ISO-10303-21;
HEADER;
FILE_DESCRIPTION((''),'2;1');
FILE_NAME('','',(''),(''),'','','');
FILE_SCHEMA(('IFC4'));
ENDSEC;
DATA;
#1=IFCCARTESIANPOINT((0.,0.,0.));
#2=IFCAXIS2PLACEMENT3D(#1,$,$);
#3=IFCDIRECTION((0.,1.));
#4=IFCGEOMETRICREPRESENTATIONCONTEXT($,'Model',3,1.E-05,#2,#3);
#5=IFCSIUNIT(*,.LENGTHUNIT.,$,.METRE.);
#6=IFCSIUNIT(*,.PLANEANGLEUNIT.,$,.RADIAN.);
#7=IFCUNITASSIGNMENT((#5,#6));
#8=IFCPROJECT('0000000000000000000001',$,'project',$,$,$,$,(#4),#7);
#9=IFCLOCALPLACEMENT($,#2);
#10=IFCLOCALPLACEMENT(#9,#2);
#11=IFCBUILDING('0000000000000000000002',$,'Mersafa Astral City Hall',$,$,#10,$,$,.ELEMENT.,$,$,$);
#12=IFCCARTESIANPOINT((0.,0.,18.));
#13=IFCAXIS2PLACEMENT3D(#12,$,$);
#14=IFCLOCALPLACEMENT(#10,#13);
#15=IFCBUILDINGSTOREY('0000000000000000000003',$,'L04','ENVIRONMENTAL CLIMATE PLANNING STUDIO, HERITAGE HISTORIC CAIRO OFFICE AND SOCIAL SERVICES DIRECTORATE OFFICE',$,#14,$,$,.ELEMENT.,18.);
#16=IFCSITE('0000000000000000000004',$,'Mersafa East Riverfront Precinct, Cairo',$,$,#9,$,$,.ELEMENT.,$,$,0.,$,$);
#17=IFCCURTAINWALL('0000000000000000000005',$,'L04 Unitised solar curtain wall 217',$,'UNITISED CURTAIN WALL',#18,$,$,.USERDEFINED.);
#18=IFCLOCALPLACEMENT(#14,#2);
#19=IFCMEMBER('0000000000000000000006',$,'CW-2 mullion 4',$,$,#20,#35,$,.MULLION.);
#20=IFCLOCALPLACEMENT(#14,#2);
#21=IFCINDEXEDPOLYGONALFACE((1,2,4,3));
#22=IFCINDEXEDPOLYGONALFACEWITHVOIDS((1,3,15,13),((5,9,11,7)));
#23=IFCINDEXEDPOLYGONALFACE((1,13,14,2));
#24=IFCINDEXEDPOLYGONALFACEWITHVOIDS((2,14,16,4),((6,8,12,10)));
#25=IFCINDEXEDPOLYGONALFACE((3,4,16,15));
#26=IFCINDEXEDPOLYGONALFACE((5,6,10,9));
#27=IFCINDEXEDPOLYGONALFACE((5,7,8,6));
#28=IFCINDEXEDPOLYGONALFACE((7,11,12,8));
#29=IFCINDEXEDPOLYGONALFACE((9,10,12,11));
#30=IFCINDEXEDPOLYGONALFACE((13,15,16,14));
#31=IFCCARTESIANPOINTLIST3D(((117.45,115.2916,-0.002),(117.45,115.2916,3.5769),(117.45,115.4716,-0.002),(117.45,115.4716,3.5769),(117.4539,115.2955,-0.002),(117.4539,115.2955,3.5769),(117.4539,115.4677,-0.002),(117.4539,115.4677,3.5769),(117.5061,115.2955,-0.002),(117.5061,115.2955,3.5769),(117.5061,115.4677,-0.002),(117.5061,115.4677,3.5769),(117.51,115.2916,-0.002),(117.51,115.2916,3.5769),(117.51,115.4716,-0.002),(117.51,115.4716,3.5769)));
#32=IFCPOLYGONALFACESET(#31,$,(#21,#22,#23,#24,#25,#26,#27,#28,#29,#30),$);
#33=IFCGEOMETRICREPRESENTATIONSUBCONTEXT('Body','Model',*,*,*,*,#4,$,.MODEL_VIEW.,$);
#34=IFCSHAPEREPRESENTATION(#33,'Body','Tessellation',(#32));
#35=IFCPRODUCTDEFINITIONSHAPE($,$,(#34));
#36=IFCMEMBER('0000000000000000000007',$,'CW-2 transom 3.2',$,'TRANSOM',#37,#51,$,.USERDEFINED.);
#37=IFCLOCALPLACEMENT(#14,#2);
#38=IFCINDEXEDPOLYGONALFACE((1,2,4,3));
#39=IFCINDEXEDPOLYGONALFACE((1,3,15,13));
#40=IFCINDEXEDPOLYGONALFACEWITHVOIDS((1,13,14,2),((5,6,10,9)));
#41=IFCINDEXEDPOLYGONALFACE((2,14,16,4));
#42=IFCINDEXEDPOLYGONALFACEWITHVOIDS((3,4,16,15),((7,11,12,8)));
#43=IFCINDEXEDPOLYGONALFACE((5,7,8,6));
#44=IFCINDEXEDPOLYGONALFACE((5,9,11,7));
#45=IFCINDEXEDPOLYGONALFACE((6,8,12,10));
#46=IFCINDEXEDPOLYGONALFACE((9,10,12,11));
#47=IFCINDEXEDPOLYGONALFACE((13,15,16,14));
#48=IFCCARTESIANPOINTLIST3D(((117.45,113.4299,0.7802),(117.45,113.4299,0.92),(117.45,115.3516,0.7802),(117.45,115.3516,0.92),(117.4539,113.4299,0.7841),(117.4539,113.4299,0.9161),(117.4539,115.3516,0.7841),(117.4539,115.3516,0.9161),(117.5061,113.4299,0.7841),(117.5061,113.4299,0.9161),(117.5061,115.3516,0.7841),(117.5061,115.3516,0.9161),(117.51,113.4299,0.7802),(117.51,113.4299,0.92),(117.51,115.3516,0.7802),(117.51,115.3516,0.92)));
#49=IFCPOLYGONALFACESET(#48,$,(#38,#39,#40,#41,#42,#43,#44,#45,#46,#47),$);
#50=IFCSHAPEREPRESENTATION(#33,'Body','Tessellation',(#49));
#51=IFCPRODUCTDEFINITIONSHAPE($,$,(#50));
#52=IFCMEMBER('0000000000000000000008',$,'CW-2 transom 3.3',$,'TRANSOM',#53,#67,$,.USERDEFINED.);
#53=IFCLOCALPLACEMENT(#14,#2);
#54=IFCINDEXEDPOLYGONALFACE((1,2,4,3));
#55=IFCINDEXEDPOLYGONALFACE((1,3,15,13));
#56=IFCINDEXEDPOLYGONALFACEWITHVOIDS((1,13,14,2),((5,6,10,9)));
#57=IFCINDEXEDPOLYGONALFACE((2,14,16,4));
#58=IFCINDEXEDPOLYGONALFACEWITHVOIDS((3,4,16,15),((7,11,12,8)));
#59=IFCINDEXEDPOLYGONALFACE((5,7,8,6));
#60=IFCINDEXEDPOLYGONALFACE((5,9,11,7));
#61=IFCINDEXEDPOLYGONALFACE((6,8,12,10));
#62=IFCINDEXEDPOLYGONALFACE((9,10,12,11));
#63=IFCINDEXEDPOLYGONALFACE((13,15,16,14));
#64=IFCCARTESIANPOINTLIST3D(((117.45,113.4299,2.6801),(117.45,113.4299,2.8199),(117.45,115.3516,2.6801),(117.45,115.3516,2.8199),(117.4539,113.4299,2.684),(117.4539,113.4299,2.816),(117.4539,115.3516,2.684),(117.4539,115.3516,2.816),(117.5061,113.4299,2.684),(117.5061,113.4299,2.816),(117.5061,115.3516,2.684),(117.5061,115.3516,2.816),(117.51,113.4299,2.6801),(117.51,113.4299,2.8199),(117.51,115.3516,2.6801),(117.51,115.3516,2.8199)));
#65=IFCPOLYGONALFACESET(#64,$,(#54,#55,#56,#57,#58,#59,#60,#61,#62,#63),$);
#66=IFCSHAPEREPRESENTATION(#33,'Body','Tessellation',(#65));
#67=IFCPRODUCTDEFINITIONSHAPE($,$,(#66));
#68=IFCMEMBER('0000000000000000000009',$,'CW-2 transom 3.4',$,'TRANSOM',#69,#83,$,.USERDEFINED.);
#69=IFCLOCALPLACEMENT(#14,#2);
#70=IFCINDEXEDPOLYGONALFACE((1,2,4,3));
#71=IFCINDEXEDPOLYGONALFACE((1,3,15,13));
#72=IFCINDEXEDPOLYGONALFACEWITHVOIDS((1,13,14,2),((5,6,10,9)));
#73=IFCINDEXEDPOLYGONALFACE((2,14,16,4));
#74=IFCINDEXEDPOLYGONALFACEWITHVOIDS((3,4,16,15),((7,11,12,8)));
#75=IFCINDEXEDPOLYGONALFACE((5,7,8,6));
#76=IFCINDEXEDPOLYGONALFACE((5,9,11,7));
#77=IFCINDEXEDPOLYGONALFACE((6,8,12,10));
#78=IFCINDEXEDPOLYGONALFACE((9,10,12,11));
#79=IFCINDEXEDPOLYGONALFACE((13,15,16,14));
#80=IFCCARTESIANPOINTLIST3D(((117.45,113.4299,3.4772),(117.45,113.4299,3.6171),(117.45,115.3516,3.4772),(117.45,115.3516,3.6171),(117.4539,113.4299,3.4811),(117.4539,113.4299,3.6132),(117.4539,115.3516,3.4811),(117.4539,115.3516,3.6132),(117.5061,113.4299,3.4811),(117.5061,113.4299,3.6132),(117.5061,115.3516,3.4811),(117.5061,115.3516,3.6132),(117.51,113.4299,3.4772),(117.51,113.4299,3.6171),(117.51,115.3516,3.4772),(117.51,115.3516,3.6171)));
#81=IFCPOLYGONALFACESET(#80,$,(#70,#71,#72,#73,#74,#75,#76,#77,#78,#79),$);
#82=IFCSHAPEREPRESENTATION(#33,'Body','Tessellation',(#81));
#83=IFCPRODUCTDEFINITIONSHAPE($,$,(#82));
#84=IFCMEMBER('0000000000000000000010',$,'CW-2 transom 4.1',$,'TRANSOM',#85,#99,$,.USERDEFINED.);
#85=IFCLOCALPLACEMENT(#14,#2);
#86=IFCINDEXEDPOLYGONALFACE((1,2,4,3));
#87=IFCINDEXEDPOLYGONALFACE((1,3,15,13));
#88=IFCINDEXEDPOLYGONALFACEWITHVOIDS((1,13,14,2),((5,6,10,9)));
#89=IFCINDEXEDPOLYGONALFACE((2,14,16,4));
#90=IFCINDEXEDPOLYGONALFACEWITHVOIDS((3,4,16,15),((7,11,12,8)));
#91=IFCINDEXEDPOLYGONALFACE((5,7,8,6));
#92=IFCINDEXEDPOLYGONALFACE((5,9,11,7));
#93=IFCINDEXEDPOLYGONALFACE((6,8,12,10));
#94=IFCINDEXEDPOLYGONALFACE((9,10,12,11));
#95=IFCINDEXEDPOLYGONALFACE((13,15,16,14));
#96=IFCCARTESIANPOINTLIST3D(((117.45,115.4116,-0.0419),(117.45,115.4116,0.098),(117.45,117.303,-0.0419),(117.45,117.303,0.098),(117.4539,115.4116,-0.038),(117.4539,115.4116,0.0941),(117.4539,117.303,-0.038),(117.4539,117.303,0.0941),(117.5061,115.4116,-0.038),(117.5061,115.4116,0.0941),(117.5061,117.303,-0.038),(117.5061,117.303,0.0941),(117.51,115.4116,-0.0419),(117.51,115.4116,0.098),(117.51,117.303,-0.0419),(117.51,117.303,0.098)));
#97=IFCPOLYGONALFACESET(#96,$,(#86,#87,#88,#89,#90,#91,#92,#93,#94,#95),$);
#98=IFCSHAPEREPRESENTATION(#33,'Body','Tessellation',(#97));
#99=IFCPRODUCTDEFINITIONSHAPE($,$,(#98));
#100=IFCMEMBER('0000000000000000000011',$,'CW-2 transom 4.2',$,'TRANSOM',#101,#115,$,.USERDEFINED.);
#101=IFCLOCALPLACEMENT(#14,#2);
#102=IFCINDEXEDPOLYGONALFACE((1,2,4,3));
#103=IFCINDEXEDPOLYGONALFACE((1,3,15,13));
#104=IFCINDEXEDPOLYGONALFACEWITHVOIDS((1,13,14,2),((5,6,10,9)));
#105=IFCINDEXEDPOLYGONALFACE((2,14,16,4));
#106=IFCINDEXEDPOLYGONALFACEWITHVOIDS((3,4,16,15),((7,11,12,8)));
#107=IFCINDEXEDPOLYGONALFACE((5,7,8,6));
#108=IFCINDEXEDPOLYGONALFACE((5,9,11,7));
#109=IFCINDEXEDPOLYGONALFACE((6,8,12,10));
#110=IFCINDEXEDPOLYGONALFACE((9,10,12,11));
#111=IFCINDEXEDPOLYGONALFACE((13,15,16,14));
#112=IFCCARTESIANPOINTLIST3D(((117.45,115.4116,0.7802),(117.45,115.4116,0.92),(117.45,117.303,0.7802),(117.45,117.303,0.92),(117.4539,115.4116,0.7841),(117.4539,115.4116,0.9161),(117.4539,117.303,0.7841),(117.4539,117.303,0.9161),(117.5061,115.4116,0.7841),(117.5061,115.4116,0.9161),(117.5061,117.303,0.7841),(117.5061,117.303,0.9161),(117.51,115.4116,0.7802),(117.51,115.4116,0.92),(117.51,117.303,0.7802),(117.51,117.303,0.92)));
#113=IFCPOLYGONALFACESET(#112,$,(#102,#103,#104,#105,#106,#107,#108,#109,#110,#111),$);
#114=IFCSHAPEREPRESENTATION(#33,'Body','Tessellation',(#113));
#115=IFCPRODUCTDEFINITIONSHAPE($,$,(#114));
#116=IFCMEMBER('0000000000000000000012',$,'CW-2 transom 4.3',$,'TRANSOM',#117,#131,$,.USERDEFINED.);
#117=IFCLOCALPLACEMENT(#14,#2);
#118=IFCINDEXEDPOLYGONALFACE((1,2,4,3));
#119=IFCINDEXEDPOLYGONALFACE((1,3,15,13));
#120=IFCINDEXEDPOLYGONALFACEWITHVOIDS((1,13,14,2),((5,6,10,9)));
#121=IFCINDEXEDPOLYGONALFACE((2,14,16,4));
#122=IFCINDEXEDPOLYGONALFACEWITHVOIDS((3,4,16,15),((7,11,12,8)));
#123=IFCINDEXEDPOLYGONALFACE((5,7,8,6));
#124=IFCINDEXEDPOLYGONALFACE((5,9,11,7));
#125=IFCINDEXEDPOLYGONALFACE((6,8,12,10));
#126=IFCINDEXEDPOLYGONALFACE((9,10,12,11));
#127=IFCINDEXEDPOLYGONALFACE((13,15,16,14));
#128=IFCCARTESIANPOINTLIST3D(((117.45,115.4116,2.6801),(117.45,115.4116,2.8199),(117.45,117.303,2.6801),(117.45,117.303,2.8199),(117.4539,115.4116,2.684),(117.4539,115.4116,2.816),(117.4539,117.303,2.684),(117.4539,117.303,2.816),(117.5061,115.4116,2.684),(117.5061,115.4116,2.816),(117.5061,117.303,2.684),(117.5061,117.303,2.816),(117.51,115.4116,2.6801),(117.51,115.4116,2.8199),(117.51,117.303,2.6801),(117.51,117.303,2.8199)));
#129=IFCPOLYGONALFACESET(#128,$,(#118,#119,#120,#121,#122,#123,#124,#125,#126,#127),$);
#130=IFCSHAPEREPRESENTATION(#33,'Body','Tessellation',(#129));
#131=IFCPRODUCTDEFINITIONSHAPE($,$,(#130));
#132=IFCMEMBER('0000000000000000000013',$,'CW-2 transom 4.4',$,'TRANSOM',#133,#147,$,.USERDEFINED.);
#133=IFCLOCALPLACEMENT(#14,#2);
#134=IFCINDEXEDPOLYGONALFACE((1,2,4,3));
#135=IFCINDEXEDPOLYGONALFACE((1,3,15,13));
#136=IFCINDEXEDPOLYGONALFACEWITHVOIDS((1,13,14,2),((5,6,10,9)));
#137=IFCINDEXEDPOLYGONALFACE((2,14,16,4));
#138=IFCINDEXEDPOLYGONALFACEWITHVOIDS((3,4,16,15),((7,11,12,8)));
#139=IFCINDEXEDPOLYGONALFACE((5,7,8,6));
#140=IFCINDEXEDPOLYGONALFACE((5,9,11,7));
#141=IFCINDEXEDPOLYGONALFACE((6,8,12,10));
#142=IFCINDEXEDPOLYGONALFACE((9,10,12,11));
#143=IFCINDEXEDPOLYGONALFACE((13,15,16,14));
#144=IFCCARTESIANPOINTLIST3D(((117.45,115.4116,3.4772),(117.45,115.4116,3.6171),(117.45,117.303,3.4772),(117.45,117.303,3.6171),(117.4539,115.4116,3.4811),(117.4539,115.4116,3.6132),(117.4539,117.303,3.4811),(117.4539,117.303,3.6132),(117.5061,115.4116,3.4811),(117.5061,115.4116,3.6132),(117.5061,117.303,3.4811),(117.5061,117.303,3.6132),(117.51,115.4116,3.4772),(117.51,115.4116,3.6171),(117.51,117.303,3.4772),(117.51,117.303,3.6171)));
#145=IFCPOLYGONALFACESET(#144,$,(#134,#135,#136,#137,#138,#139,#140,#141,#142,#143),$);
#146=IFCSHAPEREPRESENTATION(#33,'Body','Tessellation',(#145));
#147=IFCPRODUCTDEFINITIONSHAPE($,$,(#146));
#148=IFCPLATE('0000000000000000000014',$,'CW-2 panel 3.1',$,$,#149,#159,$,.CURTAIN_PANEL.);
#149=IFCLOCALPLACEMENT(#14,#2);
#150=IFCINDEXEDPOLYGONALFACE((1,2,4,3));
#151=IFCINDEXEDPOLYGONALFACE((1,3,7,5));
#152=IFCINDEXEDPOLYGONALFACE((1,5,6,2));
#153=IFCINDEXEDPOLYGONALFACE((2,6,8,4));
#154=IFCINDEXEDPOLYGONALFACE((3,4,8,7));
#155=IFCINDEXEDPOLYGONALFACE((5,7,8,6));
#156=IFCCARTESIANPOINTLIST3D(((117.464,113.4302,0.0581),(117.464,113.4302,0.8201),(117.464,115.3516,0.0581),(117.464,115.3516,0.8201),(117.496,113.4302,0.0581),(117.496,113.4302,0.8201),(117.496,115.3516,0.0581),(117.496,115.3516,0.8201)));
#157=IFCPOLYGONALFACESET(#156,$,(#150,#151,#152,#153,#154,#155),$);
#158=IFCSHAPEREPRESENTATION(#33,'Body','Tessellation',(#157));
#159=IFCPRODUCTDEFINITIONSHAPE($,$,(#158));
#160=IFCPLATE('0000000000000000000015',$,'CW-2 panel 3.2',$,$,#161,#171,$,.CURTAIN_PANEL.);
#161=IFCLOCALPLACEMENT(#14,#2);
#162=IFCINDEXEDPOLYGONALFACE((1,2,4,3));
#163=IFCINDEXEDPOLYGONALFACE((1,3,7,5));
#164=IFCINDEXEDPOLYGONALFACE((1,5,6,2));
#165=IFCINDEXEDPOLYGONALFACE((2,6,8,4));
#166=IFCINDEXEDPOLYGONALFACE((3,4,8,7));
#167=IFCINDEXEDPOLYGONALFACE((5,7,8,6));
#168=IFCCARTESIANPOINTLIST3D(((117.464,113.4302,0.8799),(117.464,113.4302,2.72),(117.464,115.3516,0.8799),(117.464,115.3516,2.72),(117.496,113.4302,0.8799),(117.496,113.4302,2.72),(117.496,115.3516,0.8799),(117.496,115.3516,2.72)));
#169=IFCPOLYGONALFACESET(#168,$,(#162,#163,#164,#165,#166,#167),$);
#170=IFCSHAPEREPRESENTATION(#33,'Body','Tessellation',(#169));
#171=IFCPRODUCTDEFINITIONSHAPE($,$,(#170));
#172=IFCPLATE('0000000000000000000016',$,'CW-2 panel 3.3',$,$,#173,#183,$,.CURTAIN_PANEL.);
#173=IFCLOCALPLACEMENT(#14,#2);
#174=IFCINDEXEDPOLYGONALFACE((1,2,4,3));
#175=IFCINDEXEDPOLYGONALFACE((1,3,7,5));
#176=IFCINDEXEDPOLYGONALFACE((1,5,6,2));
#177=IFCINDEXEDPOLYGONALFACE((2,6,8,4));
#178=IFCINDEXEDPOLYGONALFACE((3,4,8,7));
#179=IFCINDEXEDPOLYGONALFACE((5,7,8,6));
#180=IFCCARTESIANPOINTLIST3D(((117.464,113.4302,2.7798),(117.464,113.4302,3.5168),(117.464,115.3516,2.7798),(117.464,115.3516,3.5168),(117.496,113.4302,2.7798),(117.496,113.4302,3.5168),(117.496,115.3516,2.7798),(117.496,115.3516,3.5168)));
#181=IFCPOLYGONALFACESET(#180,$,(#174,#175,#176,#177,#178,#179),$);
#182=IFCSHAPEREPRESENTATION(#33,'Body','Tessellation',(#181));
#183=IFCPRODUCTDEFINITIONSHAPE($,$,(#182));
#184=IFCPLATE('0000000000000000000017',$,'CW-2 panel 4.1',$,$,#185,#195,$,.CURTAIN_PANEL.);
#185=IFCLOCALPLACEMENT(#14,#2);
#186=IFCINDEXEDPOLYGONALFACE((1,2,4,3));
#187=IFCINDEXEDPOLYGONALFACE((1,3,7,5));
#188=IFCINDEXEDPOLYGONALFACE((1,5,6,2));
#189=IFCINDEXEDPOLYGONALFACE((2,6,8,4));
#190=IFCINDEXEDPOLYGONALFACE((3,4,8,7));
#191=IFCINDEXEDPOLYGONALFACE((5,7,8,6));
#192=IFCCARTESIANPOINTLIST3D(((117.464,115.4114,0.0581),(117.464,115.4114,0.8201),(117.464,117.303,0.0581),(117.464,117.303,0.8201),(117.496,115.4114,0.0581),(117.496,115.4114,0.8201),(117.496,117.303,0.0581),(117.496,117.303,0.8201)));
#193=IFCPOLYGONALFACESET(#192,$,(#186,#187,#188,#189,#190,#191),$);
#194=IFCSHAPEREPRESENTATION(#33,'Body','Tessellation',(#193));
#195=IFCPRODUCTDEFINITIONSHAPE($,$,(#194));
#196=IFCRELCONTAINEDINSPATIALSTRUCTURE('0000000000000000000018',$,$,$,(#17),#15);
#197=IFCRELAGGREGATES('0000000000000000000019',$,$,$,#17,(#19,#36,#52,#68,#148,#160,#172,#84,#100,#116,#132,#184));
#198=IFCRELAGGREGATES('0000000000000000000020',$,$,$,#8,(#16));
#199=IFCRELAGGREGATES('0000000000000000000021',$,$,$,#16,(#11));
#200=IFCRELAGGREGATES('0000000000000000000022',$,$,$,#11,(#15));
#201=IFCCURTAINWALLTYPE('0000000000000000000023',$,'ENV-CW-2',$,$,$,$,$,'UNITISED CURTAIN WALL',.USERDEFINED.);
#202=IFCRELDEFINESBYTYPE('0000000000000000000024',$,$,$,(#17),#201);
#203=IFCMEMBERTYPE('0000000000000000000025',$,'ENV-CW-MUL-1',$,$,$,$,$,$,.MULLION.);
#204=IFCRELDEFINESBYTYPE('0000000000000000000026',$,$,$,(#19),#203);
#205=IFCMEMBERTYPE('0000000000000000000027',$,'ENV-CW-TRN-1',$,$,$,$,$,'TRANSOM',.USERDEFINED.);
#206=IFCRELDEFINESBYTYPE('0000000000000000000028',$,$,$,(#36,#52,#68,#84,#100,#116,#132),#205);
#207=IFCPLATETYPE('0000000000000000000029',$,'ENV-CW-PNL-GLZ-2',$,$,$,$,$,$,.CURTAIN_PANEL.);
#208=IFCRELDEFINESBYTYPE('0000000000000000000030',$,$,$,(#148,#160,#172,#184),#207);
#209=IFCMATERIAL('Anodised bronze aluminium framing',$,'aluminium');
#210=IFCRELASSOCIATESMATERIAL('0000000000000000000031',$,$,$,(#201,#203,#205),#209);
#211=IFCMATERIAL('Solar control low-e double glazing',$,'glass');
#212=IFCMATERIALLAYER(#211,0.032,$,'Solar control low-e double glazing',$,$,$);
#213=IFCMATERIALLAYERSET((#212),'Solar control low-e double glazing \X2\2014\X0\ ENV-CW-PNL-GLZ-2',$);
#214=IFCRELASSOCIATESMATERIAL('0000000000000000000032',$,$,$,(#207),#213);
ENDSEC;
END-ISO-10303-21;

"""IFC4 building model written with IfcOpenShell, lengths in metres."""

from ifc_helpers import new_model, si_unit, direction, frame, origin, origin_2d, place, context, subcontext, project, spatial, rectangle, hollow_rectangle, extrude, material, layer, layer_set, material_profile, profile_set, type_object, element, aggregate, save


model = new_model("IFC4")

# Units and contexts
model_context = context("Model", 3, precision=1e-05, world=origin(), true_north=direction((0.0, 1.0)))
body_context = subcontext(model_context, "Body", "Model", "MODEL_VIEW")
ifc_project = project(units=[si_unit("LENGTHUNIT", "METRE"), si_unit("PLANEANGLEUNIT", "RADIAN")], contexts=[model_context])

# Site, building, storey
site_placement = place(None, origin())
site = spatial("IfcSite", under=ifc_project, at=site_placement, Name="Mersafa East Riverfront Precinct, Cairo", CompositionType="ELEMENT", RefElevation=0.0)
building_placement = place(site_placement, origin())
building = spatial("IfcBuilding", under=site, at=building_placement, Name="Mersafa Astral City Hall", CompositionType="ELEMENT")
storey_placement = place(building_placement, frame((0.0, 0.0, 18.0)))
storey = spatial("IfcBuildingStorey", under=building, at=storey_placement, Name="L04", Description="ENVIRONMENTAL CLIMATE PLANNING STUDIO, HERITAGE HISTORIC CAIRO OFFICE AND SOCIAL SERVICES DIRECTORATE OFFICE", CompositionType="ELEMENT", Elevation=18.0)

# Curtain wall, members, plates
ifc_material_1 = material(Name="Anodised bronze aluminium framing", Category="aluminium")
curtain_wall_type = type_object("IfcCurtainWallType", Name="ENV-CW-2", ElementType="UNITISED CURTAIN WALL", PredefinedType="USERDEFINED", material=ifc_material_1)
curtain_wall_placement = place(storey_placement, origin())
curtain_wall = element("IfcCurtainWall", 1, at=curtain_wall_placement, inside=storey, type_object=curtain_wall_type, Name="L04 Unitised solar curtain wall 217", ObjectType="UNITISED CURTAIN WALL", PredefinedType="USERDEFINED")
ifc_material_profile_1 = material_profile(ifc_material_1, hollow_rectangle(XDim=0.0601, YDim=0.1799, WallThickness=0.0039, at=origin_2d()), Name="RHS 60x180x4")
ifc_profile_set_1 = profile_set([ifc_material_profile_1], Name="Anodised bronze aluminium framing")
member_type_1 = type_object("IfcMemberType", Name="ENV-CW-MUL-1", PredefinedType="MULLION", material=ifc_profile_set_1)
member_1_placement = place(storey_placement, frame((117.48, 115.3816, -0.002), z_axis=(0.0, 0.0, 1.0), x_axis=(-1.0, 0.0, 0.0)))
member_1 = element("IfcMember", 2, at=member_1_placement, type_object=member_type_1, Name="CW-2 mullion 4", PredefinedType="MULLION", context=body_context, shape_type="SweptSolid", body=[
    extrude(hollow_rectangle(XDim=0.0601, YDim=0.1799, WallThickness=0.0039, at=origin_2d()), origin(), (0.0, 0.0, 1.0), 3.5789),
])
ifc_material_profile_2 = material_profile(ifc_material_1, hollow_rectangle(XDim=0.0601, YDim=0.1399, WallThickness=0.0039, at=origin_2d()), Name="RHS 60x140x4")
ifc_profile_set_2 = profile_set([ifc_material_profile_2], Name="Anodised bronze aluminium framing")
member_type_2 = type_object("IfcMemberType", Name="ENV-CW-TRN-1", ElementType="TRANSOM", PredefinedType="USERDEFINED", material=ifc_profile_set_2)
member_2_placement = place(storey_placement, frame((117.48, 113.4299, 0.8501), z_axis=(0.0, 1.0, 0.0), x_axis=(-1.0, 0.0, 0.0)))
member_2 = element("IfcMember", 3, at=member_2_placement, type_object=member_type_2, Name="CW-2 transom 3.2", ObjectType="TRANSOM", PredefinedType="USERDEFINED", context=body_context, shape_type="SweptSolid", body=[
    extrude(hollow_rectangle(XDim=0.0601, YDim=0.1399, WallThickness=0.0039, at=origin_2d()), origin(), (0.0, 0.0, 1.0), 1.9216),
])
member_3_placement = place(storey_placement, frame((117.48, 113.4299, 2.75), z_axis=(0.0, 1.0, 0.0), x_axis=(-1.0, 0.0, 0.0)))
member_3 = element("IfcMember", 4, at=member_3_placement, type_object=member_type_2, Name="CW-2 transom 3.3", ObjectType="TRANSOM", PredefinedType="USERDEFINED", context=body_context, shape_type="SweptSolid", body=[
    extrude(hollow_rectangle(XDim=0.0601, YDim=0.1399, WallThickness=0.0039, at=origin_2d()), origin(), (0.0, 0.0, 1.0), 1.9216),
])
member_4_placement = place(storey_placement, frame((117.48, 113.4299, 3.5471), z_axis=(0.0, 1.0, 0.0), x_axis=(-1.0, 0.0, 0.0)))
member_4 = element("IfcMember", 5, at=member_4_placement, type_object=member_type_2, Name="CW-2 transom 3.4", ObjectType="TRANSOM", PredefinedType="USERDEFINED", context=body_context, shape_type="SweptSolid", body=[
    extrude(hollow_rectangle(XDim=0.0601, YDim=0.1399, WallThickness=0.0039, at=origin_2d()), origin(), (0.0, 0.0, 1.0), 1.9216),
])
member_5_placement = place(storey_placement, frame((117.48, 115.4116, 0.0281), z_axis=(0.0, 1.0, 0.0), x_axis=(-1.0, 0.0, 0.0)))
member_5 = element("IfcMember", 6, at=member_5_placement, type_object=member_type_2, Name="CW-2 transom 4.1", ObjectType="TRANSOM", PredefinedType="USERDEFINED", context=body_context, shape_type="SweptSolid", body=[
    extrude(hollow_rectangle(XDim=0.0601, YDim=0.1399, WallThickness=0.0039, at=origin_2d()), origin(), (0.0, 0.0, 1.0), 1.8914),
])
member_6_placement = place(storey_placement, frame((117.48, 115.4116, 0.8501), z_axis=(0.0, 1.0, 0.0), x_axis=(-1.0, 0.0, 0.0)))
member_6 = element("IfcMember", 7, at=member_6_placement, type_object=member_type_2, Name="CW-2 transom 4.2", ObjectType="TRANSOM", PredefinedType="USERDEFINED", context=body_context, shape_type="SweptSolid", body=[
    extrude(hollow_rectangle(XDim=0.0601, YDim=0.1399, WallThickness=0.0039, at=origin_2d()), origin(), (0.0, 0.0, 1.0), 1.8914),
])
member_7_placement = place(storey_placement, frame((117.48, 115.4116, 2.75), z_axis=(0.0, 1.0, 0.0), x_axis=(-1.0, 0.0, 0.0)))
member_7 = element("IfcMember", 8, at=member_7_placement, type_object=member_type_2, Name="CW-2 transom 4.3", ObjectType="TRANSOM", PredefinedType="USERDEFINED", context=body_context, shape_type="SweptSolid", body=[
    extrude(hollow_rectangle(XDim=0.0601, YDim=0.1399, WallThickness=0.0039, at=origin_2d()), origin(), (0.0, 0.0, 1.0), 1.8914),
])
member_8_placement = place(storey_placement, frame((117.48, 115.4116, 3.5471), z_axis=(0.0, 1.0, 0.0), x_axis=(-1.0, 0.0, 0.0)))
member_8 = element("IfcMember", 9, at=member_8_placement, type_object=member_type_2, Name="CW-2 transom 4.4", ObjectType="TRANSOM", PredefinedType="USERDEFINED", context=body_context, shape_type="SweptSolid", body=[
    extrude(hollow_rectangle(XDim=0.0601, YDim=0.1399, WallThickness=0.0039, at=origin_2d()), origin(), (0.0, 0.0, 1.0), 1.8914),
])
ifc_material_2 = material(Name="Solar control low-e double glazing", Category="glass")
ifc_layer = layer(ifc_material_2, 0.032, Name="Solar control low-e double glazing")
ifc_layer_set = layer_set([ifc_layer], Name="Solar control low-e double glazing — ENV-CW-PNL-GLZ-2")
plate_type = type_object("IfcPlateType", Name="ENV-CW-PNL-GLZ-2", PredefinedType="CURTAIN_PANEL", material=ifc_layer_set)
plate_1_placement = place(storey_placement, frame((117.48, 114.3909, 0.0581), z_axis=(0.0, 0.0, 1.0), x_axis=(0.0, 1.0, 0.0)))
plate_1 = element("IfcPlate", 10, at=plate_1_placement, type_object=plate_type, Name="CW-2 panel 3.1", PredefinedType="CURTAIN_PANEL", context=body_context, shape_type="SweptSolid", body=[
    extrude(rectangle(XDim=1.9214, YDim=0.032, at=origin_2d()), origin(), (0.0, 0.0, 1.0), 0.762),
])
plate_2_placement = place(storey_placement, frame((117.48, 114.3909, 0.8799), z_axis=(0.0, 0.0, 1.0), x_axis=(0.0, 1.0, 0.0)))
plate_2 = element("IfcPlate", 11, at=plate_2_placement, type_object=plate_type, Name="CW-2 panel 3.2", PredefinedType="CURTAIN_PANEL", context=body_context, shape_type="SweptSolid", body=[
    extrude(rectangle(XDim=1.9214, YDim=0.032, at=origin_2d()), origin(), (0.0, 0.0, 1.0), 1.8401),
])
plate_3_placement = place(storey_placement, frame((117.48, 114.3909, 2.7798), z_axis=(0.0, 0.0, 1.0), x_axis=(0.0, 1.0, 0.0)))
plate_3 = element("IfcPlate", 12, at=plate_3_placement, type_object=plate_type, Name="CW-2 panel 3.3", PredefinedType="CURTAIN_PANEL", context=body_context, shape_type="SweptSolid", body=[
    extrude(rectangle(XDim=1.9214, YDim=0.032, at=origin_2d()), origin(), (0.0, 0.0, 1.0), 0.7371),
])
plate_4_placement = place(storey_placement, frame((117.48, 116.3572, 0.0581), z_axis=(0.0, 0.0, 1.0), x_axis=(0.0, 1.0, 0.0)))
plate_4 = element("IfcPlate", 13, at=plate_4_placement, type_object=plate_type, Name="CW-2 panel 4.1", PredefinedType="CURTAIN_PANEL", context=body_context, shape_type="SweptSolid", body=[
    extrude(rectangle(XDim=1.8916, YDim=0.032, at=origin_2d()), origin(), (0.0, 0.0, 1.0), 0.762),
])
aggregate(curtain_wall, [member_1, member_2, member_3, member_4, plate_1, plate_2, plate_3, member_5, member_6, member_7, member_8, plate_4])

save(model, "model.ifc")
